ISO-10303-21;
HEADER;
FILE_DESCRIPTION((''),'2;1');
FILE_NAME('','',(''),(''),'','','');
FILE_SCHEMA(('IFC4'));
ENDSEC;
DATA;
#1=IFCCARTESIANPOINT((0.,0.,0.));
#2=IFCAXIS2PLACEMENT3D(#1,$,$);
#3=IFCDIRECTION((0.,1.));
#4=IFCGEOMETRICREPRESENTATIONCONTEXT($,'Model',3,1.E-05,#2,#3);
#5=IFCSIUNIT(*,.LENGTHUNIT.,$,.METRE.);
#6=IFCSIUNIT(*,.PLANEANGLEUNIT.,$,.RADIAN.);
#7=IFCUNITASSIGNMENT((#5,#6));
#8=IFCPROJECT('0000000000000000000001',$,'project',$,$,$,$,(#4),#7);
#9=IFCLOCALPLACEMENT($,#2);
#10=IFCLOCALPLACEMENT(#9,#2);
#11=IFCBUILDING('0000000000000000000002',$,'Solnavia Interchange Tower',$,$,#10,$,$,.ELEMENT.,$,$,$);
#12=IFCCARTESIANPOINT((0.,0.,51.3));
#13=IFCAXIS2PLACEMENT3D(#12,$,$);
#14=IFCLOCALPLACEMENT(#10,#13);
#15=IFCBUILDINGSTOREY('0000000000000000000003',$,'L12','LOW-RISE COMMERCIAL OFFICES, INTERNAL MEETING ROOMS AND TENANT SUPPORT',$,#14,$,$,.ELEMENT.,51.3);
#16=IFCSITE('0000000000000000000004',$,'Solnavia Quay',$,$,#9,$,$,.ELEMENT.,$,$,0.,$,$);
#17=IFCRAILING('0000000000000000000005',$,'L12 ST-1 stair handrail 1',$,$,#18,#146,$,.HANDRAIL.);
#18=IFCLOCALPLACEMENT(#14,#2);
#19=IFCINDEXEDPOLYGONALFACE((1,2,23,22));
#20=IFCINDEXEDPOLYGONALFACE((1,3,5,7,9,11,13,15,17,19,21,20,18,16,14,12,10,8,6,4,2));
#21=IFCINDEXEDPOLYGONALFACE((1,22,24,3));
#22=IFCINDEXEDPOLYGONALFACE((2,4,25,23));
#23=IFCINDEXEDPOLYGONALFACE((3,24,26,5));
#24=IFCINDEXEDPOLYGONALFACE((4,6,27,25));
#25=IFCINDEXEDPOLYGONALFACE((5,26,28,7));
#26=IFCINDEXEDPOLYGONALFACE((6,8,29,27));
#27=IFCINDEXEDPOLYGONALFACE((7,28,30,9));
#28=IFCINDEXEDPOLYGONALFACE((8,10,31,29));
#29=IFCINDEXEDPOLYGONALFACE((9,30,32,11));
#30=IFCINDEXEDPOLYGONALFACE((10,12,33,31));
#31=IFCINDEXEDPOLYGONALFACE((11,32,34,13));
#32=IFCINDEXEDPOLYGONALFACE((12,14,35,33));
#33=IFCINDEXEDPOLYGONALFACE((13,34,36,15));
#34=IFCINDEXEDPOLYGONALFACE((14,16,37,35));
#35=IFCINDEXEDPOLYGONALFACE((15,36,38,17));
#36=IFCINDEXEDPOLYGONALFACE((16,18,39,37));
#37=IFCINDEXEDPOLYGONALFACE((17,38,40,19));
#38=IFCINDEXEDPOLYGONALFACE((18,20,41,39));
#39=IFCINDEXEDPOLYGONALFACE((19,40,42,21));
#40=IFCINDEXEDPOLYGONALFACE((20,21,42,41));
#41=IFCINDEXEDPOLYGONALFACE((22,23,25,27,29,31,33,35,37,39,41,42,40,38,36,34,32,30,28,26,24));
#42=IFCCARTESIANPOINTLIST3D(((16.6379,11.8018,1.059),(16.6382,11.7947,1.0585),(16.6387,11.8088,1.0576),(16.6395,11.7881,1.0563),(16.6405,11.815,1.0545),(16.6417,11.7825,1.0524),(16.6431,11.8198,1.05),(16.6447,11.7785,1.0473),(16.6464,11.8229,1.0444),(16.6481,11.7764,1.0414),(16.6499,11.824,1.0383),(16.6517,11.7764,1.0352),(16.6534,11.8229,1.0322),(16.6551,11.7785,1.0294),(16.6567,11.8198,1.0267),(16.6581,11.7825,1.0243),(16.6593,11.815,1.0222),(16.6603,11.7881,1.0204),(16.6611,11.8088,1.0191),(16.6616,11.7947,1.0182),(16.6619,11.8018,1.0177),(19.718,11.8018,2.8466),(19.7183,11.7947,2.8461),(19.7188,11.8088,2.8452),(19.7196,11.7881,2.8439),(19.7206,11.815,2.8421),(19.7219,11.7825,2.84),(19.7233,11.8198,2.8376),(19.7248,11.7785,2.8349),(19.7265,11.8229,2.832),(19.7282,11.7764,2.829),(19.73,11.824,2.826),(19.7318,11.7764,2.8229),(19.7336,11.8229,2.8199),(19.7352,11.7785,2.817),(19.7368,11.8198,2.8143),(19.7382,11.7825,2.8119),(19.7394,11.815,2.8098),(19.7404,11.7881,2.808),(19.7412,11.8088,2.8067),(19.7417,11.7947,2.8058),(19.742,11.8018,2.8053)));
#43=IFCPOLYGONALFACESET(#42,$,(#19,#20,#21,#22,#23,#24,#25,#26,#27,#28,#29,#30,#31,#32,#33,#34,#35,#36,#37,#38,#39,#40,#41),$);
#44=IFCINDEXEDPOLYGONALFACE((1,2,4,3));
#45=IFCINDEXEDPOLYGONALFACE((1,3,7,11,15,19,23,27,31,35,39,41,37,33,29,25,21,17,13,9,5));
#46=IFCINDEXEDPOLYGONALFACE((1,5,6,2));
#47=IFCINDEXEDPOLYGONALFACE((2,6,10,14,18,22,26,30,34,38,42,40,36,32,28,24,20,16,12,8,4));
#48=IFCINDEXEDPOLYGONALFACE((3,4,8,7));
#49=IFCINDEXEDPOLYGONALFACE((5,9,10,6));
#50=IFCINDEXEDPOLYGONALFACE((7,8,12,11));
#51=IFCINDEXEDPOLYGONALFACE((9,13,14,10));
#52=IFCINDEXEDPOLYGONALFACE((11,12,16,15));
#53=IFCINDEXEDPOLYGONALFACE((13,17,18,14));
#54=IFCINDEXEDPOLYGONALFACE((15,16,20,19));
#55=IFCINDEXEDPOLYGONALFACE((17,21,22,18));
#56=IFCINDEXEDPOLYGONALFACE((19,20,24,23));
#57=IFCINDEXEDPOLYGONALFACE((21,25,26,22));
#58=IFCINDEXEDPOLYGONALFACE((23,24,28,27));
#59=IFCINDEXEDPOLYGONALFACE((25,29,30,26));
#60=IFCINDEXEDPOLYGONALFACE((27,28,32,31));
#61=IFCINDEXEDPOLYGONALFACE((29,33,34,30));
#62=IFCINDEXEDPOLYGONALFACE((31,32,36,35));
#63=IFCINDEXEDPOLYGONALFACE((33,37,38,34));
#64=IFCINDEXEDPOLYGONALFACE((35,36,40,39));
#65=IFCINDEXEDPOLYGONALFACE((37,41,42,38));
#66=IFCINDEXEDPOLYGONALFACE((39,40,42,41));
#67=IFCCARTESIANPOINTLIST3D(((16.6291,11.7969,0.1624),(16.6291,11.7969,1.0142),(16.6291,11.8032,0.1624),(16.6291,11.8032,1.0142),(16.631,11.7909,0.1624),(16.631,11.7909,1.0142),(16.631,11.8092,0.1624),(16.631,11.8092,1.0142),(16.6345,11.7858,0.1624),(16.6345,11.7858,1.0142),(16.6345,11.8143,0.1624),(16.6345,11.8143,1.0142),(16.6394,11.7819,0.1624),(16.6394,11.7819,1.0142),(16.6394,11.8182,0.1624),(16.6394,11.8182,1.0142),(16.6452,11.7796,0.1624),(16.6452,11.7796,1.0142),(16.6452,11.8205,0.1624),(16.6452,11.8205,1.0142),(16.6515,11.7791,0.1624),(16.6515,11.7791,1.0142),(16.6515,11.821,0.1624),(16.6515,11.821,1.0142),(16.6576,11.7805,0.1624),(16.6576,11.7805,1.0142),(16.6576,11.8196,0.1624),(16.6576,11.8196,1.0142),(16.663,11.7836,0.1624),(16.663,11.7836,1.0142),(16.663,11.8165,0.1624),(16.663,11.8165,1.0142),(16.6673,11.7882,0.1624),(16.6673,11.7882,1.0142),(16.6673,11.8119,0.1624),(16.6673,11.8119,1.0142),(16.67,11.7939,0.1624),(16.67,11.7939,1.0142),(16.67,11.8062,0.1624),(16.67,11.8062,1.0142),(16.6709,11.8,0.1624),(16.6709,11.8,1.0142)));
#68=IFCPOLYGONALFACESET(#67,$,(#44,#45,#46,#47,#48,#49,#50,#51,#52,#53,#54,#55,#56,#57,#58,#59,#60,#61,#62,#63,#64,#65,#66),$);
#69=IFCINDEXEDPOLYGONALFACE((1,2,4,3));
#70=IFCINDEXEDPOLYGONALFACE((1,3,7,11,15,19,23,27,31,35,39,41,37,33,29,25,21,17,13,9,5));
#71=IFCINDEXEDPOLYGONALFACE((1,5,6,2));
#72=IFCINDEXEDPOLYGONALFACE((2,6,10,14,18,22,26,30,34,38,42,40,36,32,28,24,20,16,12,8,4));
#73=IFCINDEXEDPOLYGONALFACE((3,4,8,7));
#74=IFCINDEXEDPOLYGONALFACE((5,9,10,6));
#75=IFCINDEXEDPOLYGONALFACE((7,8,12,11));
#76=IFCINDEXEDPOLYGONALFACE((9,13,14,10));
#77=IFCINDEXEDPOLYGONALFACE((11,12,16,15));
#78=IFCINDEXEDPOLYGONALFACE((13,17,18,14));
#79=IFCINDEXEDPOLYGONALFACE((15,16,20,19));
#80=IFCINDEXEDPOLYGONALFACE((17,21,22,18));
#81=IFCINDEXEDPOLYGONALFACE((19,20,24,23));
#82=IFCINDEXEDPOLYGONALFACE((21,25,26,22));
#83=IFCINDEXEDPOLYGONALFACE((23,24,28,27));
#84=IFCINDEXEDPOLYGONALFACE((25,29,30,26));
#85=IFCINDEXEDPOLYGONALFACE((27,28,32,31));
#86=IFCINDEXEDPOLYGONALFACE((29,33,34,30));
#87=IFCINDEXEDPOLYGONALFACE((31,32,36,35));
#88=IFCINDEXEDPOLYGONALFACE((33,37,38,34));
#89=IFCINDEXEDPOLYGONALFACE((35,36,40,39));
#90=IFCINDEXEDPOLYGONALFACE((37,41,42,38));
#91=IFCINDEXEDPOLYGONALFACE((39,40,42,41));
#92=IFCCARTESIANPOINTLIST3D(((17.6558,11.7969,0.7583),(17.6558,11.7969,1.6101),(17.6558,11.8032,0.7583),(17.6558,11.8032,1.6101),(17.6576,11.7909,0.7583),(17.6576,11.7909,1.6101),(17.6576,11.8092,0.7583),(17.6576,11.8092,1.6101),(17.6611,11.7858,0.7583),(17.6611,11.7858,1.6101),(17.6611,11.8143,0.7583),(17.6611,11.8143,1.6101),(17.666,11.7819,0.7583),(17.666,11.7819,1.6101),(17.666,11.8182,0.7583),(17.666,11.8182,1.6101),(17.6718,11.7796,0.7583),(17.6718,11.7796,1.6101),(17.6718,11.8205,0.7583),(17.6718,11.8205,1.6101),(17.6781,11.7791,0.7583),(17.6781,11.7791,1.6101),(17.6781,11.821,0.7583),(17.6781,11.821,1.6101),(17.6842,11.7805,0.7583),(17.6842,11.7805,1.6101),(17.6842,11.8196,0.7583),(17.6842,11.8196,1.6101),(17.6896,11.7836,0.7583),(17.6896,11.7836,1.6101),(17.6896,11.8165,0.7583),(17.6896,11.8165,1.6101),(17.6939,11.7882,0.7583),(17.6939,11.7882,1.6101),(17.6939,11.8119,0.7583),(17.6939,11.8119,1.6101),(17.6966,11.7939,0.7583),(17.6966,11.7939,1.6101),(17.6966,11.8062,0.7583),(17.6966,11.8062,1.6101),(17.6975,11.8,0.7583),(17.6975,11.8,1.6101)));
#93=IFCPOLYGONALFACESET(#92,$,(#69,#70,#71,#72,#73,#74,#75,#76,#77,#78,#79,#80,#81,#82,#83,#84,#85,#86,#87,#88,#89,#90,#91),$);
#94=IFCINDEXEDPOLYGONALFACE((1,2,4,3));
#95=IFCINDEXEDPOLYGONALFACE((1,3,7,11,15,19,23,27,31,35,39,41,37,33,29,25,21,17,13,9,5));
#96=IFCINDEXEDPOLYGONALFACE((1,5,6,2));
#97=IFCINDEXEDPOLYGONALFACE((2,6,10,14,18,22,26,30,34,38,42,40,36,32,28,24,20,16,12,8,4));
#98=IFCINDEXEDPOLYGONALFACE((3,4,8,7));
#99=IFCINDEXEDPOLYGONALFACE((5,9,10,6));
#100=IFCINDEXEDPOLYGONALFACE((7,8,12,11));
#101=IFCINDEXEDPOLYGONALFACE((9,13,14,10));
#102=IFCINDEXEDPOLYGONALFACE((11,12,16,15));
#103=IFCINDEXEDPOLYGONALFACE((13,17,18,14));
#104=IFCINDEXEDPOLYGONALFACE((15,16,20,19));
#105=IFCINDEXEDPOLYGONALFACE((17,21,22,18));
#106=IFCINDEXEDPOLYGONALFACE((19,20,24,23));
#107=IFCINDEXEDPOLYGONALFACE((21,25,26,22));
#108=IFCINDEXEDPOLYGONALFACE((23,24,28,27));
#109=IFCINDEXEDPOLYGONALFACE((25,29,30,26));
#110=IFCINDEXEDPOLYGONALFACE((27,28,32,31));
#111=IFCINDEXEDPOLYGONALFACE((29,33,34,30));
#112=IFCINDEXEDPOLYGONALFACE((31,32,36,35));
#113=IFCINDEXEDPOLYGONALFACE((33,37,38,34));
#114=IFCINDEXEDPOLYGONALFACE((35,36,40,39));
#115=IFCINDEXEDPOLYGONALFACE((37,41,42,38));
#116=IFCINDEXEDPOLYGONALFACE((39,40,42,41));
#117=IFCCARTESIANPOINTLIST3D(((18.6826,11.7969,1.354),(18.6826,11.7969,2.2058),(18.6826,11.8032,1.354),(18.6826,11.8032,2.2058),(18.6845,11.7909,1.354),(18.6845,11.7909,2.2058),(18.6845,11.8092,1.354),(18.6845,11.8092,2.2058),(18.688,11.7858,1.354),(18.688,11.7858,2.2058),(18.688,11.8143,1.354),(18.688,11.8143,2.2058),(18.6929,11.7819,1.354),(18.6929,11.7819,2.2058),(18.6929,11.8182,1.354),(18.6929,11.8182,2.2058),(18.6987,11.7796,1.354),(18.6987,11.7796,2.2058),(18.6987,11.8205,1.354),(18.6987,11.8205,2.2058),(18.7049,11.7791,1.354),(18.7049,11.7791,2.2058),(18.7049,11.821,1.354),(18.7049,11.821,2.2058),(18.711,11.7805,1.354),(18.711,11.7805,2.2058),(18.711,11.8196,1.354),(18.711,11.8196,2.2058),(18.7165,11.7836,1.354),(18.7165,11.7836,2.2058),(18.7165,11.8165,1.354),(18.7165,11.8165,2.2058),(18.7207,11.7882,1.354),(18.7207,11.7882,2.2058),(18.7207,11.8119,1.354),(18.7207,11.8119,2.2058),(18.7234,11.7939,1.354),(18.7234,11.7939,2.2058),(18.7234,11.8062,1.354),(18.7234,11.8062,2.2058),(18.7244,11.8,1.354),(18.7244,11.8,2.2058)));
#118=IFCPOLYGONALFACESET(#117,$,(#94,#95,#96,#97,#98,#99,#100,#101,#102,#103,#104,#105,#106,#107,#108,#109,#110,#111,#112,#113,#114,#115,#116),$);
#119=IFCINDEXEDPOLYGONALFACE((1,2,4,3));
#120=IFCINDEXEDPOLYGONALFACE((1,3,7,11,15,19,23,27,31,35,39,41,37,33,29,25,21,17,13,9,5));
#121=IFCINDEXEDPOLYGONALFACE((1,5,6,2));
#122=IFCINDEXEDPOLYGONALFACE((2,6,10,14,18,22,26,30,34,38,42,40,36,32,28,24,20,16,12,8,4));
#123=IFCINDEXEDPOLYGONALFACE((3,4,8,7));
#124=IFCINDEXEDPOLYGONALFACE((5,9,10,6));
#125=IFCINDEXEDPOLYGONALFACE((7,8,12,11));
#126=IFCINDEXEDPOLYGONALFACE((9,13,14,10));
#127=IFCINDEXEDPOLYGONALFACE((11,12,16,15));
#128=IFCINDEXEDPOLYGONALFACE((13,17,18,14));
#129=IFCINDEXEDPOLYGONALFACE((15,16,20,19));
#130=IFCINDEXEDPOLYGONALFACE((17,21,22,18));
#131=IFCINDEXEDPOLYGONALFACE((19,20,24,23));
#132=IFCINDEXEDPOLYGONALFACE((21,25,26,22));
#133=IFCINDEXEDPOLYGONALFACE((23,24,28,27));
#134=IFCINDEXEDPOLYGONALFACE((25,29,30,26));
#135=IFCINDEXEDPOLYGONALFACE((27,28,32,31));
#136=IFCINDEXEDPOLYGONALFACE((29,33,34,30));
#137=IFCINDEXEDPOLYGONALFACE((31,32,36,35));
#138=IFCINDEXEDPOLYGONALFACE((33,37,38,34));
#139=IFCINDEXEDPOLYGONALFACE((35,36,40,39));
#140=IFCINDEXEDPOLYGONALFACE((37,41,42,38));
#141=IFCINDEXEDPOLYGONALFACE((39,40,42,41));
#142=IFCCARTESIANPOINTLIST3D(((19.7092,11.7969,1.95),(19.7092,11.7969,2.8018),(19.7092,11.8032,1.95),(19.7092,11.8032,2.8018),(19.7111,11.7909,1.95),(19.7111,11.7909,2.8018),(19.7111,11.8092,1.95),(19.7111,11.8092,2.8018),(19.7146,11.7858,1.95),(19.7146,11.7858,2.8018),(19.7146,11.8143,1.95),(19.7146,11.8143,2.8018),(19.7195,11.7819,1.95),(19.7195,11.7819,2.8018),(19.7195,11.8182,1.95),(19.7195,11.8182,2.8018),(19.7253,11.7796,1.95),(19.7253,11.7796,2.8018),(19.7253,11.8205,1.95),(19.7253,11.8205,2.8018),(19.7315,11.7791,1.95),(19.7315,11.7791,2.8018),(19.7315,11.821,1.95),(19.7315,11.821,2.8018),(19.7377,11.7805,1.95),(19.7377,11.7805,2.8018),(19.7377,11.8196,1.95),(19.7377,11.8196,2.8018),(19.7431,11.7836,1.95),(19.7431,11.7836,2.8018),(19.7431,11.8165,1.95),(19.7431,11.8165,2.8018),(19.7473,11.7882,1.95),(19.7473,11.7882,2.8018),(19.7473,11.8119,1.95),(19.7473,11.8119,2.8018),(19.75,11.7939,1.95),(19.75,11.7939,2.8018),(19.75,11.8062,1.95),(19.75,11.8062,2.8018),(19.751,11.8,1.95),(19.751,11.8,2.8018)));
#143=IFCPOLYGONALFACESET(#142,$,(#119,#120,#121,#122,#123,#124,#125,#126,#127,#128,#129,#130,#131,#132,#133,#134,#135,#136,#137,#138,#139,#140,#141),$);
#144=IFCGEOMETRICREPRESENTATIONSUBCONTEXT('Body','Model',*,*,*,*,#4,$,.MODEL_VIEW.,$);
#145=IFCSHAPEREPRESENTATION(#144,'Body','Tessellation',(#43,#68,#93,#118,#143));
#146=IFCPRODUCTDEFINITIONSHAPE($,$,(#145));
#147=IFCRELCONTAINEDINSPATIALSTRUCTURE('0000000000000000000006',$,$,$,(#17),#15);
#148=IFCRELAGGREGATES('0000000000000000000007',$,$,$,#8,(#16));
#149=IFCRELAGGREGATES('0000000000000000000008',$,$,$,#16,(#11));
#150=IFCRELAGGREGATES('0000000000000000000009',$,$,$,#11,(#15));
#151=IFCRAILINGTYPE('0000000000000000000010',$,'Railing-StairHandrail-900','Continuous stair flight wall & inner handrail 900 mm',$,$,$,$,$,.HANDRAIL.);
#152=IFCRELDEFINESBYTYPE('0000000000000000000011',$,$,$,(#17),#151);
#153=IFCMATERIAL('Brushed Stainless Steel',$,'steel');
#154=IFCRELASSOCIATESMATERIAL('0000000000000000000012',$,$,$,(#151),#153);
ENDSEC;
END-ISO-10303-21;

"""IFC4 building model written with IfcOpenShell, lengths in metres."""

from ifc_helpers import new_model, si_unit, direction, frame, origin, origin_2d, place, context, subcontext, project, spatial, circle, extrude, material, type_object, element, save


model = new_model("IFC4")

# Units and contexts
model_context = context("Model", 3, precision=1e-05, world=origin(), true_north=direction((0.0, 1.0)))
body_context = subcontext(model_context, "Body", "Model", "MODEL_VIEW")
ifc_project = project(units=[si_unit("LENGTHUNIT", "METRE"), si_unit("PLANEANGLEUNIT", "RADIAN")], contexts=[model_context])

# Site, building, storey
site_placement = place(None, origin())
site = spatial("IfcSite", under=ifc_project, at=site_placement, Name="Solnavia Quay", CompositionType="ELEMENT", RefElevation=0.0)
building_placement = place(site_placement, origin())
building = spatial("IfcBuilding", under=site, at=building_placement, Name="Solnavia Interchange Tower", CompositionType="ELEMENT")
storey_placement = place(building_placement, frame((0.0, 0.0, 51.3)))
storey = spatial("IfcBuildingStorey", under=building, at=storey_placement, Name="L12", Description="LOW-RISE COMMERCIAL OFFICES, INTERNAL MEETING ROOMS AND TENANT SUPPORT", CompositionType="ELEMENT", Elevation=51.3)

# Railing
ifc_material_1 = material(Name="Brushed Stainless Steel", Category="steel")
railing_type = type_object("IfcRailingType", Name="Railing-StairHandrail-900", Description="Continuous stair flight wall & inner handrail 900 mm", PredefinedType="HANDRAIL", material=ifc_material_1)
railing_placement = place(storey_placement, frame((16.6499, 11.8, 0.1624)))
element("IfcRailing", 1, at=railing_placement, inside=storey, type_object=railing_type, Name="L12 ST-1 stair handrail 1", PredefinedType="HANDRAIL", context=body_context, shape_type="SweptSolid", body=[
    extrude(circle(Radius=0.0239, at=origin_2d()), frame((0.0, 0.0, 0.876), z_axis=(0.864891, 0.0, 0.50196), x_axis=(0.0, 1.0, 0.0)), (0.0, 0.0, 1.0), 3.5613),
    extrude(circle(Radius=0.021, at=origin_2d()), origin(), (0.0, 0.0, 1.0), 0.8518),
    extrude(circle(Radius=0.021, at=origin_2d()), frame((1.0266, 0.0, 0.5959)), (0.0, 0.0, 1.0), 0.8518),
    extrude(circle(Radius=0.021, at=origin_2d()), frame((2.0535, 0.0, 1.1917)), (0.0, 0.0, 1.0), 0.8518),
    extrude(circle(Radius=0.021, at=origin_2d()), frame((3.0801, 0.0, 1.7876)), (0.0, 0.0, 1.0), 0.8518),
])

save(model, "model.ifc")
